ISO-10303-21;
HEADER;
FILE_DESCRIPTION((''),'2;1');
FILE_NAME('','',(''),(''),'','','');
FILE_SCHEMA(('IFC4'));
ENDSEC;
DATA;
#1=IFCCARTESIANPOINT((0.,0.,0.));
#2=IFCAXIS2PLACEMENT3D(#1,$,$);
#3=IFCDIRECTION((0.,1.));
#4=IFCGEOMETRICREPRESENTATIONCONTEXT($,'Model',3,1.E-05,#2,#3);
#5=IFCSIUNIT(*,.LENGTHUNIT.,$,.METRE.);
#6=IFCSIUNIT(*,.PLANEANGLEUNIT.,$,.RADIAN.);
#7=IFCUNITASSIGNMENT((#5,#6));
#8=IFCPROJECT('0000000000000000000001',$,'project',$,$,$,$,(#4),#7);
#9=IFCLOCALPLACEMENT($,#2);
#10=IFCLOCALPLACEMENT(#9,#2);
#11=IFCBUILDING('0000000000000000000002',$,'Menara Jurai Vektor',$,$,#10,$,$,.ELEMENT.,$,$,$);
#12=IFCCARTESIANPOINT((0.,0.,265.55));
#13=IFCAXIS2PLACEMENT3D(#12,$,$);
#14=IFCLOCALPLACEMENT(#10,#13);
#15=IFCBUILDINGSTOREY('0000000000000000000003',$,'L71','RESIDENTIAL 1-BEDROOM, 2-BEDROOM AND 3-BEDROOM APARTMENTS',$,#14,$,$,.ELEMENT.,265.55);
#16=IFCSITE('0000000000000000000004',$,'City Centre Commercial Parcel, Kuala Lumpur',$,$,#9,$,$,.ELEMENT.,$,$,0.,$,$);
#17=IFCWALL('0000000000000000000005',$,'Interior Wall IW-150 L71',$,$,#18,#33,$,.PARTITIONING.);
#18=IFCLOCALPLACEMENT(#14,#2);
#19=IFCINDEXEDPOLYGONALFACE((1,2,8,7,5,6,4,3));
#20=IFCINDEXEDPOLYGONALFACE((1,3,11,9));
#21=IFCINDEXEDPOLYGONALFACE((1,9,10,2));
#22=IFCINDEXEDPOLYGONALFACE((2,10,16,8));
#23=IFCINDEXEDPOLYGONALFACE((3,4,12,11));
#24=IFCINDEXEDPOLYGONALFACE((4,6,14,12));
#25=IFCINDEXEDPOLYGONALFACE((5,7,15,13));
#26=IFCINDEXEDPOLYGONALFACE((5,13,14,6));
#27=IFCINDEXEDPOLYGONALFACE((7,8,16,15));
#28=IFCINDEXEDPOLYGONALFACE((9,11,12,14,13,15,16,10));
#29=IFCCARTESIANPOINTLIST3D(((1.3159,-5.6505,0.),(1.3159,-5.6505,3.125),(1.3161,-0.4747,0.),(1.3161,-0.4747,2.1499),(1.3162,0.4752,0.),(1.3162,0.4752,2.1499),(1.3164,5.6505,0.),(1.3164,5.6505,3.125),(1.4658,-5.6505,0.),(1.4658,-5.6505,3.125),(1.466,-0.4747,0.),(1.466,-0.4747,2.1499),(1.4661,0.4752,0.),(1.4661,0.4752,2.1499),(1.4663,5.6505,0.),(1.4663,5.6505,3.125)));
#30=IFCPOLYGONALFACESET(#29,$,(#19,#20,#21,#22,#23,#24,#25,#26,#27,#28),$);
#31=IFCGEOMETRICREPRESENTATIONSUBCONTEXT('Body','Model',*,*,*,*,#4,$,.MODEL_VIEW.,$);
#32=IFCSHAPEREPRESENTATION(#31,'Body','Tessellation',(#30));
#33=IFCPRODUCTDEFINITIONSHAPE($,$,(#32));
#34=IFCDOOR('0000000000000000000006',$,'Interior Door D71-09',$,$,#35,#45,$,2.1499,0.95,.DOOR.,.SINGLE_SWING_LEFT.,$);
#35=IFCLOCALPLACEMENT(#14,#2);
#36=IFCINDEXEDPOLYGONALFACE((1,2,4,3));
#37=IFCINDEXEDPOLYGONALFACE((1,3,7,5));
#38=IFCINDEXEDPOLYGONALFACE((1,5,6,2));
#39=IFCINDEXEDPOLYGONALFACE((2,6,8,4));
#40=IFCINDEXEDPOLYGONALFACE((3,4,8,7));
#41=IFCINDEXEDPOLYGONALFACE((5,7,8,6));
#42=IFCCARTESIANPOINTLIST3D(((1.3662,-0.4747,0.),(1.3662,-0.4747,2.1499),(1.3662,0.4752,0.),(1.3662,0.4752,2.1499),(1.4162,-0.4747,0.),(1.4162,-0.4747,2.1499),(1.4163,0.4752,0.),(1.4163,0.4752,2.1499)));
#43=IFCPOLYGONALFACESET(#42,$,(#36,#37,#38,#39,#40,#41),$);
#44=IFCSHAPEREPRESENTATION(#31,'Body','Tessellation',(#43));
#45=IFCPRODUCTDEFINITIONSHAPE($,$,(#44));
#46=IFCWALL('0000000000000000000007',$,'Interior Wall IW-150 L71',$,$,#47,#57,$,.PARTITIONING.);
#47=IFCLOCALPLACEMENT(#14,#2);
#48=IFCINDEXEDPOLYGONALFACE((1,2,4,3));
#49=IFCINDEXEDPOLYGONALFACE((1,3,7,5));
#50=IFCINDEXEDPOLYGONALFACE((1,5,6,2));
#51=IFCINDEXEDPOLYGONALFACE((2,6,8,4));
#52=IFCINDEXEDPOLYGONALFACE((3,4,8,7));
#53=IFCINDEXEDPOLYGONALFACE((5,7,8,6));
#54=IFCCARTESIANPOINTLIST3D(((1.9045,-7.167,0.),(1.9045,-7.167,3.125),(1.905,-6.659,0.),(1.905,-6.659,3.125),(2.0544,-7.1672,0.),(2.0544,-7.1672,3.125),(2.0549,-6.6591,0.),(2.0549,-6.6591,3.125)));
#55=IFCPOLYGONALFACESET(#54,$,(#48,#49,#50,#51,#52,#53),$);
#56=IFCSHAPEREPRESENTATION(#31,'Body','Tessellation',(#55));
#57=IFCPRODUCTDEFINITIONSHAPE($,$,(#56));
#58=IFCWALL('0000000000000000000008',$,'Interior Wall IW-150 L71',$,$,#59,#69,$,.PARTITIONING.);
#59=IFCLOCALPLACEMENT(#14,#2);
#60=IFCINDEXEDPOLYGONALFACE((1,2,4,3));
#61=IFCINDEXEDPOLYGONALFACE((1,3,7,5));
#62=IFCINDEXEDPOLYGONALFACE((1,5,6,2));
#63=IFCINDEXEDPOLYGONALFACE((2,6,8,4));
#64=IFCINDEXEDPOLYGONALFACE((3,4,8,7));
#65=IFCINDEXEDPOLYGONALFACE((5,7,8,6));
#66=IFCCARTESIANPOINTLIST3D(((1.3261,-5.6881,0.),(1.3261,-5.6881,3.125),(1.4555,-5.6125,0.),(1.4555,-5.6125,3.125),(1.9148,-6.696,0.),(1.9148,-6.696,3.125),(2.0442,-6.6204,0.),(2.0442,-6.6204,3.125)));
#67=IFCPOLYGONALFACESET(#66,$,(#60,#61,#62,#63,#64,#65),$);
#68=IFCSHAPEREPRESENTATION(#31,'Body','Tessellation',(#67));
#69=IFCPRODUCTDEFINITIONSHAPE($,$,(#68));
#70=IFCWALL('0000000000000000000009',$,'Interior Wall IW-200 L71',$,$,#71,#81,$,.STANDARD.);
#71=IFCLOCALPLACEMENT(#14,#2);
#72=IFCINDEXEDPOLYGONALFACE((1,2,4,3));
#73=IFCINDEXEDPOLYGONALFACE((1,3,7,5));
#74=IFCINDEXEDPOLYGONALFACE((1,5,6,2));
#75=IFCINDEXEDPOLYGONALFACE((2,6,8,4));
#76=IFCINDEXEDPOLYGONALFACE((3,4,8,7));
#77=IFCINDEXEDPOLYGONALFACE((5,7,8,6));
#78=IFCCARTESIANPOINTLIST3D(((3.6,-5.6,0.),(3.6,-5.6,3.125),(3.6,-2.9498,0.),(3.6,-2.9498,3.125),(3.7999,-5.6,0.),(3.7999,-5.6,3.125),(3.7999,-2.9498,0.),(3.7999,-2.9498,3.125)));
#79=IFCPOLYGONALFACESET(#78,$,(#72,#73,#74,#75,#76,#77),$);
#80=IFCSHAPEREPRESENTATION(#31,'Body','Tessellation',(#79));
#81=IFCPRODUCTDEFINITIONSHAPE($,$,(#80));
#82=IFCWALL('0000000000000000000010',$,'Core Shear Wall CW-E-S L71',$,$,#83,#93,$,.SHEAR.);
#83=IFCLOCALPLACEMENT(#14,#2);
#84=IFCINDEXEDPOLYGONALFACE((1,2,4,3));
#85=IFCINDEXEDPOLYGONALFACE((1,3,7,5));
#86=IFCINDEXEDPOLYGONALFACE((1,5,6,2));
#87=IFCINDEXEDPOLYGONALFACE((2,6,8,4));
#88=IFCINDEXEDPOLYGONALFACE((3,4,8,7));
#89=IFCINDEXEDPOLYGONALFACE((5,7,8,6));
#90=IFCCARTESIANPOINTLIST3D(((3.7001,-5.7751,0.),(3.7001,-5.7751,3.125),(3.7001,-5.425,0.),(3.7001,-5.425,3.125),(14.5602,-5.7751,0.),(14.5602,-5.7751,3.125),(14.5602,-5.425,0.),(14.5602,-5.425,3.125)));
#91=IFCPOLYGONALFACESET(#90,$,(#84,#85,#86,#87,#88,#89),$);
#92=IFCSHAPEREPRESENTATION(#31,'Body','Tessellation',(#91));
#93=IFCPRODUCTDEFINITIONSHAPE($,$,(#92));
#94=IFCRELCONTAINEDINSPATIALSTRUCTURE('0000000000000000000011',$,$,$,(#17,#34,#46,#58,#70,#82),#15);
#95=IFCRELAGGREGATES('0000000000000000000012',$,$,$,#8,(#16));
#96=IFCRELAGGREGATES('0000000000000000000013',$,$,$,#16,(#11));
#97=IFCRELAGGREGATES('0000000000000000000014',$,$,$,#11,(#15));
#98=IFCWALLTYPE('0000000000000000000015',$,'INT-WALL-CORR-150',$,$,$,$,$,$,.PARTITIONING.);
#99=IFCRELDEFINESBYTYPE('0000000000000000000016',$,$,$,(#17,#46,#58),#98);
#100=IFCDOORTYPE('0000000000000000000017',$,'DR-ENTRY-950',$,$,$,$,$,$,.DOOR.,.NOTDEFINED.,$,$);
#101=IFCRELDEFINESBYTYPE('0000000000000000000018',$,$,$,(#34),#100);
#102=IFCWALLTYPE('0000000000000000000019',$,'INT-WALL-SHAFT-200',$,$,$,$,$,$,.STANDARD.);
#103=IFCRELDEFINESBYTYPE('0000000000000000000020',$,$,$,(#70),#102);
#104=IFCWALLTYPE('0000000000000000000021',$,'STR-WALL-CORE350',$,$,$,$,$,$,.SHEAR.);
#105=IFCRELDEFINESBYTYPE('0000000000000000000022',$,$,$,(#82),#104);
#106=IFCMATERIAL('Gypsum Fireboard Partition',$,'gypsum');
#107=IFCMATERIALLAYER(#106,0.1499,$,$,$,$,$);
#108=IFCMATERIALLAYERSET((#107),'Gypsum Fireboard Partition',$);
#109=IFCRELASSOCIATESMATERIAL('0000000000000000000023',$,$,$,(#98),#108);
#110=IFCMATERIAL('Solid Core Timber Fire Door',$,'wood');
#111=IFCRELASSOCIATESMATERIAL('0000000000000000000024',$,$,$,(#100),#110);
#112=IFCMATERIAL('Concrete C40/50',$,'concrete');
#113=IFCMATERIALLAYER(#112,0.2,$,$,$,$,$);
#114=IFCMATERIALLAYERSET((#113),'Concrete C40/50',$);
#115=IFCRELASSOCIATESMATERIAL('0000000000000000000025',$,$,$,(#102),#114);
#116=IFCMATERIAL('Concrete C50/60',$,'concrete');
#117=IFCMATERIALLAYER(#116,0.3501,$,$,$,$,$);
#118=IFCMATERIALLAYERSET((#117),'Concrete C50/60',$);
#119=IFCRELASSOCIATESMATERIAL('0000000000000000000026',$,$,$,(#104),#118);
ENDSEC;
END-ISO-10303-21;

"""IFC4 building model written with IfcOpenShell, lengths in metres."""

from ifc_helpers import new_model, si_unit, direction, frame, frame_2d, origin, place, context, subcontext, project, spatial, rectangle, extrude, material, layer, layer_set, type_object, element, fill, save


model = new_model("IFC4")

# Units and contexts
model_context = context("Model", 3, precision=1e-05, world=origin(), true_north=direction((0.0, 1.0)))
body_context = subcontext(model_context, "Body", "Model", "MODEL_VIEW")
ifc_project = project(units=[si_unit("LENGTHUNIT", "METRE"), si_unit("PLANEANGLEUNIT", "RADIAN")], contexts=[model_context])

# Site, building, storey
site_placement = place(None, origin())
site = spatial("IfcSite", under=ifc_project, at=site_placement, Name="City Centre Commercial Parcel, Kuala Lumpur", CompositionType="ELEMENT", RefElevation=0.0)
building_placement = place(site_placement, origin())
building = spatial("IfcBuilding", under=site, at=building_placement, Name="Menara Jurai Vektor", CompositionType="ELEMENT")
storey_placement = place(building_placement, frame((0.0, 0.0, 265.55)))
storey = spatial("IfcBuildingStorey", under=building, at=storey_placement, Name="L71", Description="RESIDENTIAL 1-BEDROOM, 2-BEDROOM AND 3-BEDROOM APARTMENTS", CompositionType="ELEMENT", Elevation=265.55)

# Shared definitions
ifc_material_1 = material(Name="Concrete C50/60", Category="concrete")

# Shared definitions
ifc_material_2 = material(Name="Concrete C40/50", Category="concrete")

# Shared definitions
ifc_material_3 = material(Name="Gypsum Fireboard Partition", Category="gypsum")
ifc_layer_1 = layer(ifc_material_3, 0.1499)
ifc_layer_set_1 = layer_set([ifc_layer_1], Name="Gypsum Fireboard Partition")
wall_type_1 = type_object("IfcWallType", Name="INT-WALL-CORR-150", PredefinedType="PARTITIONING", material=ifc_layer_set_1)

# Wall, opening, door
wall_1_placement = place(storey_placement, frame((1.3909, -5.6504, 0.0), z_axis=(0.0, 0.0, 1.0), x_axis=(0.000043, 1.0, 0.0)))
wall_1 = element("IfcWall", 1, at=wall_1_placement, inside=storey, type_object=wall_type_1, Name="Interior Wall IW-150 L71", PredefinedType="PARTITIONING", context=body_context, shape_type="SweptSolid", body=[
    extrude(rectangle(XDim=11.301, YDim=0.1499, at=frame_2d((5.6504, 0.0))), origin(), (0.0, 0.0, 1.0), 3.125),
])
opening_1_placement = place(wall_1_placement, frame((5.1755, 0.0, 0.0)))
opening_1 = element("IfcOpeningElement", 2, at=opening_1_placement, cuts=wall_1, PredefinedType="OPENING", context=body_context, shape_type="SweptSolid", body=[
    extrude(rectangle(XDim=0.95, YDim=2.1499, at=frame_2d((0.4751, 1.075))), frame((0.0, 0.085, 0.0), z_axis=(0.0, -1.0, 0.0), x_axis=(1.0, 0.0, 0.0)), (0.0, 0.0, 1.0), 0.1699),
])
ifc_material_4 = material(Name="Solid Core Timber Fire Door", Category="wood")
door_type_1 = type_object("IfcDoorType", Name="DR-ENTRY-950", OperationType="NOTDEFINED", PredefinedType="DOOR", material=ifc_material_4)
door_1_placement = place(opening_1_placement, origin())
door_1 = element("IfcDoor", 3, at=door_1_placement, inside=storey, type_object=door_type_1, Name="Interior Door D71-09", OperationType="SINGLE_SWING_LEFT", OverallHeight=2.1499, OverallWidth=0.95, PredefinedType="DOOR", context=body_context, shape_type="SweptSolid", body=[
    extrude(rectangle(XDim=0.95, YDim=2.1499, at=frame_2d((0.4751, 1.075))), frame((0.0, 0.0249, 0.0), z_axis=(0.0, -1.0, 0.0), x_axis=(1.0, 0.0, 0.0)), (0.0, 0.0, 1.0), 0.05),
])
fill(opening_1, door_1)

# Walls
wall_2_placement = place(storey_placement, frame((1.9795, -7.167, 0.0), z_axis=(0.0, 0.0, 1.0), x_axis=(0.000961, 1.0, 0.0)))
element("IfcWall", 4, at=wall_2_placement, inside=storey, type_object=wall_type_1, Name="Interior Wall IW-150 L71", PredefinedType="PARTITIONING", context=body_context, shape_type="SweptSolid", body=[
    extrude(rectangle(XDim=0.5081, YDim=0.1499, at=frame_2d((0.2539, 0.0))), origin(), (0.0, 0.0, 1.0), 3.125),
])
wall_3_placement = place(storey_placement, frame((1.3909, -5.6504, 0.0), z_axis=(0.0, 0.0, 1.0), x_axis=(0.504339, -0.863506, 0.0)))
element("IfcWall", 5, at=wall_3_placement, inside=storey, type_object=wall_type_1, Name="Interior Wall IW-150 L71", PredefinedType="PARTITIONING", context=body_context, shape_type="SweptSolid", body=[
    extrude(rectangle(XDim=1.1672, YDim=0.1499, at=frame_2d((0.5835, 0.0))), origin(), (0.0, 0.0, 1.0), 3.125),
])

# Shared definitions
ifc_layer_2 = layer(ifc_material_2, 0.2)
ifc_layer_set_2 = layer_set([ifc_layer_2], Name="Concrete C40/50")
wall_type_2 = type_object("IfcWallType", Name="INT-WALL-SHAFT-200", PredefinedType="STANDARD", material=ifc_layer_set_2)

# Wall
wall_4_placement = place(storey_placement, frame((3.7, -5.6001, 0.0), z_axis=(0.0, 0.0, 1.0), x_axis=(0.0, 1.0, 0.0)))
element("IfcWall", 6, at=wall_4_placement, inside=storey, type_object=wall_type_2, Name="Interior Wall IW-200 L71", PredefinedType="STANDARD", context=body_context, shape_type="SweptSolid", body=[
    extrude(rectangle(XDim=2.6501, YDim=0.2, at=frame_2d((1.3252, 0.0))), origin(), (0.0, 0.0, 1.0), 3.125),
])

# Wall
ifc_layer_3 = layer(ifc_material_1, 0.3501)
ifc_layer_set_3 = layer_set([ifc_layer_3], Name="Concrete C50/60")
wall_type_3 = type_object("IfcWallType", Name="STR-WALL-CORE350", PredefinedType="SHEAR", material=ifc_layer_set_3)
wall_5_placement = place(storey_placement, frame((3.7, -5.6001, 0.0), z_axis=(0.0, 0.0, 1.0), x_axis=(1.0, 0.0, 0.0)))
element("IfcWall", 7, at=wall_5_placement, inside=storey, type_object=wall_type_3, Name="Core Shear Wall CW-E-S L71", PredefinedType="SHEAR", context=body_context, shape_type="SweptSolid", body=[
    extrude(rectangle(XDim=10.8601, YDim=0.3501, at=frame_2d((5.4302, 0.0))), origin(), (0.0, 0.0, 1.0), 3.125),
])

save(model, "model.ifc")
